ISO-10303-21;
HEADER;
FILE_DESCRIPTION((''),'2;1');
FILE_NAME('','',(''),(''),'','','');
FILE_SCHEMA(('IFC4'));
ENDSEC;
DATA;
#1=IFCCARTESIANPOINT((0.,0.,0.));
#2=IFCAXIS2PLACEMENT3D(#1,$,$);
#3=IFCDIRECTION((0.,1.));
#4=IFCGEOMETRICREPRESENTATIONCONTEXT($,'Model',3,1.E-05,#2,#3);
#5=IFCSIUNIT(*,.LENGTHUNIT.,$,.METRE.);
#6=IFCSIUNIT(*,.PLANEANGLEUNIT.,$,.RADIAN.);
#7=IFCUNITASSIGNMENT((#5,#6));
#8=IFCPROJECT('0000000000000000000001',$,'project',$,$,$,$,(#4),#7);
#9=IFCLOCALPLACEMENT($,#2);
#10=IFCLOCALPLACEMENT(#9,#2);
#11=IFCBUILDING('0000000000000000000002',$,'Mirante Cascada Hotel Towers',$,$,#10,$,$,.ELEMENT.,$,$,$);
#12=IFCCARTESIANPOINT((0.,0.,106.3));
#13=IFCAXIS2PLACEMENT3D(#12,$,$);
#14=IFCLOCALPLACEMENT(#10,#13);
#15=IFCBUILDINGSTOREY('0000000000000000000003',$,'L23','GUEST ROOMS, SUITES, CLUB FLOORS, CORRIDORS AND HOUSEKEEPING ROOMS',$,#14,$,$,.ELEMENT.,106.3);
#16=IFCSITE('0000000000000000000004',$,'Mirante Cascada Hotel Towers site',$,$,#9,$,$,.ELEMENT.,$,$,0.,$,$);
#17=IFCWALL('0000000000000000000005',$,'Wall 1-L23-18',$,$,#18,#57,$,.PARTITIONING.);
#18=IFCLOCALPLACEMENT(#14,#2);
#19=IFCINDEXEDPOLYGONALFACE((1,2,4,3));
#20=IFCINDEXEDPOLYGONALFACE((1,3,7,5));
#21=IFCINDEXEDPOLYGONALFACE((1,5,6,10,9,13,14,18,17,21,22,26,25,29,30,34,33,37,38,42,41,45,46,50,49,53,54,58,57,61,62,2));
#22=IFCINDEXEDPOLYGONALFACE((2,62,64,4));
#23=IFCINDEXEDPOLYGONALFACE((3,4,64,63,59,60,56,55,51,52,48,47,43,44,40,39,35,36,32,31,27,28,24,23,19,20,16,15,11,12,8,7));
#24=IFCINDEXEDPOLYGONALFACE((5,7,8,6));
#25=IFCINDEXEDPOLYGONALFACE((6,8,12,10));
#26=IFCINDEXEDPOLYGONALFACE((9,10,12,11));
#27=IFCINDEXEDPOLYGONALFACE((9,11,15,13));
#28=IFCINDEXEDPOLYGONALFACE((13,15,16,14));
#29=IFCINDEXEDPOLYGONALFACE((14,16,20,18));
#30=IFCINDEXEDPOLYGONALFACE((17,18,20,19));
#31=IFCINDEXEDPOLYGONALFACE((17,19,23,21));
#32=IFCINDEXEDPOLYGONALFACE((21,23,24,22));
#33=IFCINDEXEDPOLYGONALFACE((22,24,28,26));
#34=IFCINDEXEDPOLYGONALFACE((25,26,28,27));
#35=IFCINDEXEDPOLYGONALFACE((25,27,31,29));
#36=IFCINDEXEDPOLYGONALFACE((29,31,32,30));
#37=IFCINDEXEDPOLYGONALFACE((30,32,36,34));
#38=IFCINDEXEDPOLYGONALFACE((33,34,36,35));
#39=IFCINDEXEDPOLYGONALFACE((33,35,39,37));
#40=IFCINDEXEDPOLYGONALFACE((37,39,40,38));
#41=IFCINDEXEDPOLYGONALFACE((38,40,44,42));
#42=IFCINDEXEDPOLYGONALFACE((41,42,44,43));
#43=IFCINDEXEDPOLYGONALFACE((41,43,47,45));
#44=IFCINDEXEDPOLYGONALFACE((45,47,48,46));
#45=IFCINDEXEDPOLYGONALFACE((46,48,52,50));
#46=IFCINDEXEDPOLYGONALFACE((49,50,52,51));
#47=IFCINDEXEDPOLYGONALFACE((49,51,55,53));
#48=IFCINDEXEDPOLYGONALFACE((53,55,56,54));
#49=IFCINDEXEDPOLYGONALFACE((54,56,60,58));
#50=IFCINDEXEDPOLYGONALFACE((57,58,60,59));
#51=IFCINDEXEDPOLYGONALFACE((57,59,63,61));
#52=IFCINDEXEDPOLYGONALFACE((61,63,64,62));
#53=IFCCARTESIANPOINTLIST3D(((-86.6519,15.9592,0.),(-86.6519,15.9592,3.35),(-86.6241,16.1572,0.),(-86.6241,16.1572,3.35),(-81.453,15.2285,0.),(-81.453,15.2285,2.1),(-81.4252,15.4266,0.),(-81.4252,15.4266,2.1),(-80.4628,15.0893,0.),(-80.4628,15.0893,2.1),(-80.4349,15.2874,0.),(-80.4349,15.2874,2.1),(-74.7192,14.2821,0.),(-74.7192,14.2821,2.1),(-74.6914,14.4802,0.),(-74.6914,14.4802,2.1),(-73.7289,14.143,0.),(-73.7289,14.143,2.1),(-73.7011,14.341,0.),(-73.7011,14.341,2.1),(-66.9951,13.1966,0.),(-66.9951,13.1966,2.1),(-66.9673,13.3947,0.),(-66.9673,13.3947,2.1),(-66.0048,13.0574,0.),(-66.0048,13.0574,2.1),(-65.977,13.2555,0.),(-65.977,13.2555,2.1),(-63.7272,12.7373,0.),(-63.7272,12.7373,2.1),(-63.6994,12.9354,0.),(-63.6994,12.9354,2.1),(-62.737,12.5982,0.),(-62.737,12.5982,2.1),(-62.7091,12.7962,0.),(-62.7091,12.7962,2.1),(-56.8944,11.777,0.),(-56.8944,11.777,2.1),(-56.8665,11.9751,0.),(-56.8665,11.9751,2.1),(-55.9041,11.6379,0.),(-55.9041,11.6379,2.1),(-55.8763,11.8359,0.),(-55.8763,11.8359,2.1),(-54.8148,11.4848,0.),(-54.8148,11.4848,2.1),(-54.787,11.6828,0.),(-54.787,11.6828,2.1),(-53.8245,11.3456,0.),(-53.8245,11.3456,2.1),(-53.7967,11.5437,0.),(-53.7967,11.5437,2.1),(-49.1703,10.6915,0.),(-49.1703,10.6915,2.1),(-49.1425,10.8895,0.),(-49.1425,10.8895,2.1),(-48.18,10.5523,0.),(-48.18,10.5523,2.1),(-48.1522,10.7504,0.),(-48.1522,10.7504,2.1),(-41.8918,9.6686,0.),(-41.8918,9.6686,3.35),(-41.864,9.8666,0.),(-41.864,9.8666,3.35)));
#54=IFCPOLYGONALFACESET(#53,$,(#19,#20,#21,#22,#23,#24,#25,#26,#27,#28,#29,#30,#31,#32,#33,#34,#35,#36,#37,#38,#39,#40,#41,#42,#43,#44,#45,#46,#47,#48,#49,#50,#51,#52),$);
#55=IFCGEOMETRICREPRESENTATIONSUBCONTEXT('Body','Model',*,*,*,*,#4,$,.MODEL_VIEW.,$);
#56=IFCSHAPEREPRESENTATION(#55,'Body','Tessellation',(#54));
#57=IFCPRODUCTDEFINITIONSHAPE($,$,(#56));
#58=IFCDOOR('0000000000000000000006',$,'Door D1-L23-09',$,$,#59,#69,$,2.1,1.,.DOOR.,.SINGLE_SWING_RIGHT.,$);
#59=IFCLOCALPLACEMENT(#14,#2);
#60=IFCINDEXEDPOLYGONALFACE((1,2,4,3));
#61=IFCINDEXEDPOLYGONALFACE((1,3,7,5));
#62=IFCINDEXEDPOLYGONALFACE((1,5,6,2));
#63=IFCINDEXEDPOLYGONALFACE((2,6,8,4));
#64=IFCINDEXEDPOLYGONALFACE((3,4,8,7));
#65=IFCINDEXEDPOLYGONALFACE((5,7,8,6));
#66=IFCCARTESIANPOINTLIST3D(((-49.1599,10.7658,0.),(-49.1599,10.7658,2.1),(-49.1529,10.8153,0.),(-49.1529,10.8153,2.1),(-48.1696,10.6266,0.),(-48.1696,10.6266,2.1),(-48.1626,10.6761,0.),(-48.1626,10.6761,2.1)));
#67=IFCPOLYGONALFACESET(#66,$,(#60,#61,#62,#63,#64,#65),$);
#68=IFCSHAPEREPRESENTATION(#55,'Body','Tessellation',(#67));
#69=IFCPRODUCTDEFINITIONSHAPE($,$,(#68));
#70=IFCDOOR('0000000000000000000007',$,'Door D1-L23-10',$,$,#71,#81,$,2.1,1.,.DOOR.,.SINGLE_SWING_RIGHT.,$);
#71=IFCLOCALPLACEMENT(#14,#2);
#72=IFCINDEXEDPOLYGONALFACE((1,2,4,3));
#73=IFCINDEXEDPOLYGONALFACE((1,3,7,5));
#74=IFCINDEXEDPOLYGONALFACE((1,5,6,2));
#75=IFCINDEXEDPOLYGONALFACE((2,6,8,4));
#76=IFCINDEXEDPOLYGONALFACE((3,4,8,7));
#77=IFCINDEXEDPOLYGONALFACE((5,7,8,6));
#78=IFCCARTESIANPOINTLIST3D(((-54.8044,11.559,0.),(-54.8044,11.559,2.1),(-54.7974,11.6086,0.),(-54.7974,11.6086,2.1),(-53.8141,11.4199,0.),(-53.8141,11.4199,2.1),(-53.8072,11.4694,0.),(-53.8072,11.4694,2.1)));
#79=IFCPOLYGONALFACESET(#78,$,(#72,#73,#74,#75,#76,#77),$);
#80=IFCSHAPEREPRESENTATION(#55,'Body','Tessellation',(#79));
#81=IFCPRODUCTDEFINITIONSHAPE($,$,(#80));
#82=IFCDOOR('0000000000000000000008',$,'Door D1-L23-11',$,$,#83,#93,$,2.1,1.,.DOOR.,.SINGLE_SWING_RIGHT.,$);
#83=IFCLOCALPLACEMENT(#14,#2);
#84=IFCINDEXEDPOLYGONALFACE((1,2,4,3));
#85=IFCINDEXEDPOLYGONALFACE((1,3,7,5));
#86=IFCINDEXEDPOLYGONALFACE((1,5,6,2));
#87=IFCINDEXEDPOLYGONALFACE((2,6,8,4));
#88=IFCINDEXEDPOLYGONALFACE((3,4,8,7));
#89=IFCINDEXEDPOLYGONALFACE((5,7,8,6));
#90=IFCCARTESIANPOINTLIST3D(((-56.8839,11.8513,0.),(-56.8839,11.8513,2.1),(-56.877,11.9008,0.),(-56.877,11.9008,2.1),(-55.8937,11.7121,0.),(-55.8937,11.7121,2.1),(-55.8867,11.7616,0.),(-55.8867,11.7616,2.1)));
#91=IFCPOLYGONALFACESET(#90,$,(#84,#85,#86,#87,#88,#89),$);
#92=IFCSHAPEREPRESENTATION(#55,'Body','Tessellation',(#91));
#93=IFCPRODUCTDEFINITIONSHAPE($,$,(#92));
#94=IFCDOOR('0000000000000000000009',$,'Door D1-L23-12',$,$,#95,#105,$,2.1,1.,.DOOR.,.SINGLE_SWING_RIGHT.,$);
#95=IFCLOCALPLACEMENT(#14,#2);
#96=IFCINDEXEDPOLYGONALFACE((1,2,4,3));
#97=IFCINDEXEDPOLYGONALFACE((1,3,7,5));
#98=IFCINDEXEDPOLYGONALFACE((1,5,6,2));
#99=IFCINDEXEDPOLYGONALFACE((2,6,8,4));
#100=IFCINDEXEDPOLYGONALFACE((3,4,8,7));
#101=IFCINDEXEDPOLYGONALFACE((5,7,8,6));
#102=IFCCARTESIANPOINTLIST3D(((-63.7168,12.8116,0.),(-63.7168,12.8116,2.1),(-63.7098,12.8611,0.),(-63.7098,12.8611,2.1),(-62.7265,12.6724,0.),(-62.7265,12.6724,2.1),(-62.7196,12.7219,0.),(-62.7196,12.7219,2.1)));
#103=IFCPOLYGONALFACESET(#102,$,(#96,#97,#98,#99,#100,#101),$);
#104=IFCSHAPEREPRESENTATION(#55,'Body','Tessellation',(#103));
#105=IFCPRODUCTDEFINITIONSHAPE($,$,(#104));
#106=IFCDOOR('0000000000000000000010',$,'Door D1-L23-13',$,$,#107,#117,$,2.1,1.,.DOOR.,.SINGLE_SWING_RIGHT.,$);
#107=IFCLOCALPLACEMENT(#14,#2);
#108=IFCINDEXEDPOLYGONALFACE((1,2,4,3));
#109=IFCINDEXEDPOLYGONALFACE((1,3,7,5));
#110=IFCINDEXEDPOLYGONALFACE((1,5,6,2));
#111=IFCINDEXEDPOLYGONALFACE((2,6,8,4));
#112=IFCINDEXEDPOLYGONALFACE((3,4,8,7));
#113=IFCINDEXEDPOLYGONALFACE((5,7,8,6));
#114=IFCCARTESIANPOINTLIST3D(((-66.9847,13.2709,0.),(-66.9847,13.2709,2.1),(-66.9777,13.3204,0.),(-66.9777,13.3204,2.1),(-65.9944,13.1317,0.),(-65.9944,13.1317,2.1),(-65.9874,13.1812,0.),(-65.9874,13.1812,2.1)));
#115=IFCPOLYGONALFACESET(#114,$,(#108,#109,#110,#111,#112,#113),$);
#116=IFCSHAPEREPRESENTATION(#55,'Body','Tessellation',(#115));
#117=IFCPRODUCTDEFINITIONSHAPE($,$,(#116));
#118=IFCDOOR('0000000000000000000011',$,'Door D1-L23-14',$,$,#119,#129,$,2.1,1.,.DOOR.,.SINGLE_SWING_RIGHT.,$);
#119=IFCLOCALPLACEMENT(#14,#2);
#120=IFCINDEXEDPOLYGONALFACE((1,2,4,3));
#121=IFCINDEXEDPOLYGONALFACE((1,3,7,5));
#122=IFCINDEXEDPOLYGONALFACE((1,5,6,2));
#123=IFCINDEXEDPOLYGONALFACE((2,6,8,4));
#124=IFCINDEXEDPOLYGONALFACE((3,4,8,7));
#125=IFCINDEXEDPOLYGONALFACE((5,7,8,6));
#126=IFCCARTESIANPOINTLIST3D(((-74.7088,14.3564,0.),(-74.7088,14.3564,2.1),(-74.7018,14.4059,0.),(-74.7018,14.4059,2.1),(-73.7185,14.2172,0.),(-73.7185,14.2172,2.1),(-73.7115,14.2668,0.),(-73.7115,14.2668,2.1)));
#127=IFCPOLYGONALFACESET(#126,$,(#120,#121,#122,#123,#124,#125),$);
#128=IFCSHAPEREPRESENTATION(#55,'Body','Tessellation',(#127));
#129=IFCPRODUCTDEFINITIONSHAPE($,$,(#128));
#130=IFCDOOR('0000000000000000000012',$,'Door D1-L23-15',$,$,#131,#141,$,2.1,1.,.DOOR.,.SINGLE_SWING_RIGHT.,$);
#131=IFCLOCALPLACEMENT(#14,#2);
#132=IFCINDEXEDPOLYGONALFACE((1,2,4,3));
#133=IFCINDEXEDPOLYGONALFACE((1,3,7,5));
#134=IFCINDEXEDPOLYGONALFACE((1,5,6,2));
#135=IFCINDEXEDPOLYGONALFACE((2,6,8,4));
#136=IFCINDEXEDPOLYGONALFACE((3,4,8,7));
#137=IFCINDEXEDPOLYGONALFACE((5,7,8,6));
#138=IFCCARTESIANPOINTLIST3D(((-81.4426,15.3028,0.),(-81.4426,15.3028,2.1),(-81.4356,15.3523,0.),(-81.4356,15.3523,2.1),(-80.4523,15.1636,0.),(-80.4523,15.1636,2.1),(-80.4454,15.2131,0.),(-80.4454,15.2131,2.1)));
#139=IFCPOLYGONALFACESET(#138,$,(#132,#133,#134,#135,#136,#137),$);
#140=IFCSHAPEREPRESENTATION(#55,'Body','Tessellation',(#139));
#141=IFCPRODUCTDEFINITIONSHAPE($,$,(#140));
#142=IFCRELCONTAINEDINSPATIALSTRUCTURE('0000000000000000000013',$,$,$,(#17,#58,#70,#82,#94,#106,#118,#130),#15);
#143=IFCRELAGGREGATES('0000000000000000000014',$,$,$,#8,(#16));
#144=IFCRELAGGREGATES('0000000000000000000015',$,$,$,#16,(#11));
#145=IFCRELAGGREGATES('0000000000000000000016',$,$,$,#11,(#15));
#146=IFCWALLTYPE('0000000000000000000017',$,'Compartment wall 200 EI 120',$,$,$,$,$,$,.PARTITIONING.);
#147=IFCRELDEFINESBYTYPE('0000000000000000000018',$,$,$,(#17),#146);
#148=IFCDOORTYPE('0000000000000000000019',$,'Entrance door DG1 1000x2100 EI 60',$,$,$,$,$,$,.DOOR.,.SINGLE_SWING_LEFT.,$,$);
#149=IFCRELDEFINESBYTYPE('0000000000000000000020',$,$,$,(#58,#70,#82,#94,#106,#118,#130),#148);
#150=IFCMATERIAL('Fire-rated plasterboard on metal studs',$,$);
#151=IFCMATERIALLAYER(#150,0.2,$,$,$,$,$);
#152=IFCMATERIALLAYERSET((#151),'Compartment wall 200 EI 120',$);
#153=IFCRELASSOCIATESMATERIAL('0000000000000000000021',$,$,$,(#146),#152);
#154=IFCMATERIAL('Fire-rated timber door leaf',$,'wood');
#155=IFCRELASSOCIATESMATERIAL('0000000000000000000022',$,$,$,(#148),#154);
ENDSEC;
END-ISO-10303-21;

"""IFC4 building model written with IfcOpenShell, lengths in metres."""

from ifc_helpers import new_model, si_unit, direction, frame, frame_2d, origin, place, context, subcontext, project, spatial, rectangle, extrude, material, layer, layer_set, type_object, element, fill, save


model = new_model("IFC4")

# Units and contexts
model_context = context("Model", 3, precision=1e-05, world=origin(), true_north=direction((0.0, 1.0)))
body_context = subcontext(model_context, "Body", "Model", "MODEL_VIEW")
ifc_project = project(units=[si_unit("LENGTHUNIT", "METRE"), si_unit("PLANEANGLEUNIT", "RADIAN")], contexts=[model_context])

# Site, building, storey
site_placement = place(None, origin())
site = spatial("IfcSite", under=ifc_project, at=site_placement, Name="Mirante Cascada Hotel Towers site", CompositionType="ELEMENT", RefElevation=0.0)
building_placement = place(site_placement, origin())
building = spatial("IfcBuilding", under=site, at=building_placement, Name="Mirante Cascada Hotel Towers", CompositionType="ELEMENT")
storey_placement = place(building_placement, frame((0.0, 0.0, 106.3)))
storey = spatial("IfcBuildingStorey", under=building, at=storey_placement, Name="L23", Description="GUEST ROOMS, SUITES, CLUB FLOORS, CORRIDORS AND HOUSEKEEPING ROOMS", CompositionType="ELEMENT", Elevation=106.3)

# Wall, openings, doors
ifc_material_1 = material(Name="Fire-rated plasterboard on metal studs")
ifc_layer_1 = layer(ifc_material_1, 0.2)
ifc_layer_set_1 = layer_set([ifc_layer_1], Name="Compartment wall 200 EI 120")
wall_type_1 = type_object("IfcWallType", Name="Compartment wall 200 EI 120", PredefinedType="PARTITIONING", material=ifc_layer_set_1)
wall_1_placement = place(storey_placement, frame((-41.8779, 9.7676, 0.0), z_axis=(0.0, 0.0, 1.0), x_axis=(-0.990268, 0.139173, 0.0)))
wall_1 = element("IfcWall", 1, at=wall_1_placement, inside=storey, type_object=wall_type_1, Name="Wall 1-L23-18", PredefinedType="PARTITIONING", context=body_context, shape_type="SweptSolid", body=[
    extrude(rectangle(XDim=45.2, YDim=0.2, at=frame_2d((22.6, 0.0))), origin(), (0.0, 0.0, 1.0), 3.35),
])
opening_1_placement = place(wall_1_placement, frame((6.35, 0.0, 0.0)))
opening_1 = element("IfcOpeningElement", 2, at=opening_1_placement, cuts=wall_1, PredefinedType="OPENING", context=body_context, shape_type="SweptSolid", body=[
    extrude(rectangle(XDim=1.0, YDim=2.1, at=frame_2d((0.5, 1.05))), frame((0.0, 0.1, 0.0), z_axis=(0.0, -1.0, 0.0), x_axis=(1.0, 0.0, 0.0)), (0.0, 0.0, 1.0), 0.2),
])
opening_2_placement = place(wall_1_placement, frame((12.05, 0.0, 0.0)))
opening_2 = element("IfcOpeningElement", 3, at=opening_2_placement, cuts=wall_1, PredefinedType="OPENING", context=body_context, shape_type="SweptSolid", body=[
    extrude(rectangle(XDim=1.0, YDim=2.1, at=frame_2d((0.5, 1.05))), frame((0.0, 0.1, 0.0), z_axis=(0.0, -1.0, 0.0), x_axis=(1.0, 0.0, 0.0)), (0.0, 0.0, 1.0), 0.2),
])
opening_3_placement = place(wall_1_placement, frame((14.15, 0.0, 0.0)))
opening_3 = element("IfcOpeningElement", 4, at=opening_3_placement, cuts=wall_1, PredefinedType="OPENING", context=body_context, shape_type="SweptSolid", body=[
    extrude(rectangle(XDim=1.0, YDim=2.1, at=frame_2d((0.5, 1.05))), frame((0.0, 0.1, 0.0), z_axis=(0.0, -1.0, 0.0), x_axis=(1.0, 0.0, 0.0)), (0.0, 0.0, 1.0), 0.2),
])
opening_4_placement = place(wall_1_placement, frame((21.05, 0.0, 0.0)))
opening_4 = element("IfcOpeningElement", 5, at=opening_4_placement, cuts=wall_1, PredefinedType="OPENING", context=body_context, shape_type="SweptSolid", body=[
    extrude(rectangle(XDim=1.0, YDim=2.1, at=frame_2d((0.5, 1.05))), frame((0.0, 0.1, 0.0), z_axis=(0.0, -1.0, 0.0), x_axis=(1.0, 0.0, 0.0)), (0.0, 0.0, 1.0), 0.2),
])
opening_5_placement = place(wall_1_placement, frame((24.35, 0.0, 0.0)))
opening_5 = element("IfcOpeningElement", 6, at=opening_5_placement, cuts=wall_1, PredefinedType="OPENING", context=body_context, shape_type="SweptSolid", body=[
    extrude(rectangle(XDim=1.0, YDim=2.1, at=frame_2d((0.5, 1.05))), frame((0.0, 0.1, 0.0), z_axis=(0.0, -1.0, 0.0), x_axis=(1.0, 0.0, 0.0)), (0.0, 0.0, 1.0), 0.2),
])
opening_6_placement = place(wall_1_placement, frame((32.15, 0.0, 0.0)))
opening_6 = element("IfcOpeningElement", 7, at=opening_6_placement, cuts=wall_1, PredefinedType="OPENING", context=body_context, shape_type="SweptSolid", body=[
    extrude(rectangle(XDim=1.0, YDim=2.1, at=frame_2d((0.5, 1.05))), frame((0.0, 0.1, 0.0), z_axis=(0.0, -1.0, 0.0), x_axis=(1.0, 0.0, 0.0)), (0.0, 0.0, 1.0), 0.2),
])
opening_7_placement = place(wall_1_placement, frame((38.95, 0.0, 0.0)))
opening_7 = element("IfcOpeningElement", 8, at=opening_7_placement, cuts=wall_1, PredefinedType="OPENING", context=body_context, shape_type="SweptSolid", body=[
    extrude(rectangle(XDim=1.0, YDim=2.1, at=frame_2d((0.5, 1.05))), frame((0.0, 0.1, 0.0), z_axis=(0.0, -1.0, 0.0), x_axis=(1.0, 0.0, 0.0)), (0.0, 0.0, 1.0), 0.2),
])
ifc_material_2 = material(Name="Fire-rated timber door leaf", Category="wood")
door_type_1 = type_object("IfcDoorType", Name="Entrance door DG1 1000x2100 EI 60", OperationType="SINGLE_SWING_LEFT", PredefinedType="DOOR", material=ifc_material_2)
door_1_placement = place(opening_1_placement, frame((1.0, 0.0, 0.0), z_axis=(0.0, 0.0, 1.0), x_axis=(-1.0, 0.0, 0.0)))
door_1 = element("IfcDoor", 9, at=door_1_placement, inside=storey, type_object=door_type_1, Name="Door D1-L23-09", OperationType="SINGLE_SWING_RIGHT", OverallHeight=2.1, OverallWidth=1.0, PredefinedType="DOOR", context=body_context, shape_type="SweptSolid", body=[
    extrude(rectangle(XDim=1.0, YDim=2.1, at=frame_2d((0.5, 1.05))), frame((0.0, 0.025, 0.0), z_axis=(0.0, -1.0, 0.0), x_axis=(1.0, 0.0, 0.0)), (0.0, 0.0, 1.0), 0.05),
])
fill(opening_1, door_1)
door_2_placement = place(opening_2_placement, frame((1.0, 0.0, 0.0), z_axis=(0.0, 0.0, 1.0), x_axis=(-1.0, 0.0, 0.0)))
door_2 = element("IfcDoor", 10, at=door_2_placement, inside=storey, type_object=door_type_1, Name="Door D1-L23-10", OperationType="SINGLE_SWING_RIGHT", OverallHeight=2.1, OverallWidth=1.0, PredefinedType="DOOR", context=body_context, shape_type="SweptSolid", body=[
    extrude(rectangle(XDim=1.0, YDim=2.1, at=frame_2d((0.5, 1.05))), frame((0.0, 0.025, 0.0), z_axis=(0.0, -1.0, 0.0), x_axis=(1.0, 0.0, 0.0)), (0.0, 0.0, 1.0), 0.05),
])
fill(opening_2, door_2)
door_3_placement = place(opening_3_placement, frame((1.0, 0.0, 0.0), z_axis=(0.0, 0.0, 1.0), x_axis=(-1.0, 0.0, 0.0)))
door_3 = element("IfcDoor", 11, at=door_3_placement, inside=storey, type_object=door_type_1, Name="Door D1-L23-11", OperationType="SINGLE_SWING_RIGHT", OverallHeight=2.1, OverallWidth=1.0, PredefinedType="DOOR", context=body_context, shape_type="SweptSolid", body=[
    extrude(rectangle(XDim=1.0, YDim=2.1, at=frame_2d((0.5, 1.05))), frame((0.0, 0.025, 0.0), z_axis=(0.0, -1.0, 0.0), x_axis=(1.0, 0.0, 0.0)), (0.0, 0.0, 1.0), 0.05),
])
fill(opening_3, door_3)
door_4_placement = place(opening_4_placement, frame((1.0, 0.0, 0.0), z_axis=(0.0, 0.0, 1.0), x_axis=(-1.0, 0.0, 0.0)))
door_4 = element("IfcDoor", 12, at=door_4_placement, inside=storey, type_object=door_type_1, Name="Door D1-L23-12", OperationType="SINGLE_SWING_RIGHT", OverallHeight=2.1, OverallWidth=1.0, PredefinedType="DOOR", context=body_context, shape_type="SweptSolid", body=[
    extrude(rectangle(XDim=1.0, YDim=2.1, at=frame_2d((0.5, 1.05))), frame((0.0, 0.025, 0.0), z_axis=(0.0, -1.0, 0.0), x_axis=(1.0, 0.0, 0.0)), (0.0, 0.0, 1.0), 0.05),
])
fill(opening_4, door_4)
door_5_placement = place(opening_5_placement, frame((1.0, 0.0, 0.0), z_axis=(0.0, 0.0, 1.0), x_axis=(-1.0, 0.0, 0.0)))
door_5 = element("IfcDoor", 13, at=door_5_placement, inside=storey, type_object=door_type_1, Name="Door D1-L23-13", OperationType="SINGLE_SWING_RIGHT", OverallHeight=2.1, OverallWidth=1.0, PredefinedType="DOOR", context=body_context, shape_type="SweptSolid", body=[
    extrude(rectangle(XDim=1.0, YDim=2.1, at=frame_2d((0.5, 1.05))), frame((0.0, 0.025, 0.0), z_axis=(0.0, -1.0, 0.0), x_axis=(1.0, 0.0, 0.0)), (0.0, 0.0, 1.0), 0.05),
])
fill(opening_5, door_5)
door_6_placement = place(opening_6_placement, frame((1.0, 0.0, 0.0), z_axis=(0.0, 0.0, 1.0), x_axis=(-1.0, 0.0, 0.0)))
door_6 = element("IfcDoor", 14, at=door_6_placement, inside=storey, type_object=door_type_1, Name="Door D1-L23-14", OperationType="SINGLE_SWING_RIGHT", OverallHeight=2.1, OverallWidth=1.0, PredefinedType="DOOR", context=body_context, shape_type="SweptSolid", body=[
    extrude(rectangle(XDim=1.0, YDim=2.1, at=frame_2d((0.5, 1.05))), frame((0.0, 0.025, 0.0), z_axis=(0.0, -1.0, 0.0), x_axis=(1.0, 0.0, 0.0)), (0.0, 0.0, 1.0), 0.05),
])
fill(opening_6, door_6)
door_7_placement = place(opening_7_placement, frame((1.0, 0.0, 0.0), z_axis=(0.0, 0.0, 1.0), x_axis=(-1.0, 0.0, 0.0)))
door_7 = element("IfcDoor", 15, at=door_7_placement, inside=storey, type_object=door_type_1, Name="Door D1-L23-15", OperationType="SINGLE_SWING_RIGHT", OverallHeight=2.1, OverallWidth=1.0, PredefinedType="DOOR", context=body_context, shape_type="SweptSolid", body=[
    extrude(rectangle(XDim=1.0, YDim=2.1, at=frame_2d((0.5, 1.05))), frame((0.0, 0.025, 0.0), z_axis=(0.0, -1.0, 0.0), x_axis=(1.0, 0.0, 0.0)), (0.0, 0.0, 1.0), 0.05),
])
fill(opening_7, door_7)

save(model, "model.ifc")
